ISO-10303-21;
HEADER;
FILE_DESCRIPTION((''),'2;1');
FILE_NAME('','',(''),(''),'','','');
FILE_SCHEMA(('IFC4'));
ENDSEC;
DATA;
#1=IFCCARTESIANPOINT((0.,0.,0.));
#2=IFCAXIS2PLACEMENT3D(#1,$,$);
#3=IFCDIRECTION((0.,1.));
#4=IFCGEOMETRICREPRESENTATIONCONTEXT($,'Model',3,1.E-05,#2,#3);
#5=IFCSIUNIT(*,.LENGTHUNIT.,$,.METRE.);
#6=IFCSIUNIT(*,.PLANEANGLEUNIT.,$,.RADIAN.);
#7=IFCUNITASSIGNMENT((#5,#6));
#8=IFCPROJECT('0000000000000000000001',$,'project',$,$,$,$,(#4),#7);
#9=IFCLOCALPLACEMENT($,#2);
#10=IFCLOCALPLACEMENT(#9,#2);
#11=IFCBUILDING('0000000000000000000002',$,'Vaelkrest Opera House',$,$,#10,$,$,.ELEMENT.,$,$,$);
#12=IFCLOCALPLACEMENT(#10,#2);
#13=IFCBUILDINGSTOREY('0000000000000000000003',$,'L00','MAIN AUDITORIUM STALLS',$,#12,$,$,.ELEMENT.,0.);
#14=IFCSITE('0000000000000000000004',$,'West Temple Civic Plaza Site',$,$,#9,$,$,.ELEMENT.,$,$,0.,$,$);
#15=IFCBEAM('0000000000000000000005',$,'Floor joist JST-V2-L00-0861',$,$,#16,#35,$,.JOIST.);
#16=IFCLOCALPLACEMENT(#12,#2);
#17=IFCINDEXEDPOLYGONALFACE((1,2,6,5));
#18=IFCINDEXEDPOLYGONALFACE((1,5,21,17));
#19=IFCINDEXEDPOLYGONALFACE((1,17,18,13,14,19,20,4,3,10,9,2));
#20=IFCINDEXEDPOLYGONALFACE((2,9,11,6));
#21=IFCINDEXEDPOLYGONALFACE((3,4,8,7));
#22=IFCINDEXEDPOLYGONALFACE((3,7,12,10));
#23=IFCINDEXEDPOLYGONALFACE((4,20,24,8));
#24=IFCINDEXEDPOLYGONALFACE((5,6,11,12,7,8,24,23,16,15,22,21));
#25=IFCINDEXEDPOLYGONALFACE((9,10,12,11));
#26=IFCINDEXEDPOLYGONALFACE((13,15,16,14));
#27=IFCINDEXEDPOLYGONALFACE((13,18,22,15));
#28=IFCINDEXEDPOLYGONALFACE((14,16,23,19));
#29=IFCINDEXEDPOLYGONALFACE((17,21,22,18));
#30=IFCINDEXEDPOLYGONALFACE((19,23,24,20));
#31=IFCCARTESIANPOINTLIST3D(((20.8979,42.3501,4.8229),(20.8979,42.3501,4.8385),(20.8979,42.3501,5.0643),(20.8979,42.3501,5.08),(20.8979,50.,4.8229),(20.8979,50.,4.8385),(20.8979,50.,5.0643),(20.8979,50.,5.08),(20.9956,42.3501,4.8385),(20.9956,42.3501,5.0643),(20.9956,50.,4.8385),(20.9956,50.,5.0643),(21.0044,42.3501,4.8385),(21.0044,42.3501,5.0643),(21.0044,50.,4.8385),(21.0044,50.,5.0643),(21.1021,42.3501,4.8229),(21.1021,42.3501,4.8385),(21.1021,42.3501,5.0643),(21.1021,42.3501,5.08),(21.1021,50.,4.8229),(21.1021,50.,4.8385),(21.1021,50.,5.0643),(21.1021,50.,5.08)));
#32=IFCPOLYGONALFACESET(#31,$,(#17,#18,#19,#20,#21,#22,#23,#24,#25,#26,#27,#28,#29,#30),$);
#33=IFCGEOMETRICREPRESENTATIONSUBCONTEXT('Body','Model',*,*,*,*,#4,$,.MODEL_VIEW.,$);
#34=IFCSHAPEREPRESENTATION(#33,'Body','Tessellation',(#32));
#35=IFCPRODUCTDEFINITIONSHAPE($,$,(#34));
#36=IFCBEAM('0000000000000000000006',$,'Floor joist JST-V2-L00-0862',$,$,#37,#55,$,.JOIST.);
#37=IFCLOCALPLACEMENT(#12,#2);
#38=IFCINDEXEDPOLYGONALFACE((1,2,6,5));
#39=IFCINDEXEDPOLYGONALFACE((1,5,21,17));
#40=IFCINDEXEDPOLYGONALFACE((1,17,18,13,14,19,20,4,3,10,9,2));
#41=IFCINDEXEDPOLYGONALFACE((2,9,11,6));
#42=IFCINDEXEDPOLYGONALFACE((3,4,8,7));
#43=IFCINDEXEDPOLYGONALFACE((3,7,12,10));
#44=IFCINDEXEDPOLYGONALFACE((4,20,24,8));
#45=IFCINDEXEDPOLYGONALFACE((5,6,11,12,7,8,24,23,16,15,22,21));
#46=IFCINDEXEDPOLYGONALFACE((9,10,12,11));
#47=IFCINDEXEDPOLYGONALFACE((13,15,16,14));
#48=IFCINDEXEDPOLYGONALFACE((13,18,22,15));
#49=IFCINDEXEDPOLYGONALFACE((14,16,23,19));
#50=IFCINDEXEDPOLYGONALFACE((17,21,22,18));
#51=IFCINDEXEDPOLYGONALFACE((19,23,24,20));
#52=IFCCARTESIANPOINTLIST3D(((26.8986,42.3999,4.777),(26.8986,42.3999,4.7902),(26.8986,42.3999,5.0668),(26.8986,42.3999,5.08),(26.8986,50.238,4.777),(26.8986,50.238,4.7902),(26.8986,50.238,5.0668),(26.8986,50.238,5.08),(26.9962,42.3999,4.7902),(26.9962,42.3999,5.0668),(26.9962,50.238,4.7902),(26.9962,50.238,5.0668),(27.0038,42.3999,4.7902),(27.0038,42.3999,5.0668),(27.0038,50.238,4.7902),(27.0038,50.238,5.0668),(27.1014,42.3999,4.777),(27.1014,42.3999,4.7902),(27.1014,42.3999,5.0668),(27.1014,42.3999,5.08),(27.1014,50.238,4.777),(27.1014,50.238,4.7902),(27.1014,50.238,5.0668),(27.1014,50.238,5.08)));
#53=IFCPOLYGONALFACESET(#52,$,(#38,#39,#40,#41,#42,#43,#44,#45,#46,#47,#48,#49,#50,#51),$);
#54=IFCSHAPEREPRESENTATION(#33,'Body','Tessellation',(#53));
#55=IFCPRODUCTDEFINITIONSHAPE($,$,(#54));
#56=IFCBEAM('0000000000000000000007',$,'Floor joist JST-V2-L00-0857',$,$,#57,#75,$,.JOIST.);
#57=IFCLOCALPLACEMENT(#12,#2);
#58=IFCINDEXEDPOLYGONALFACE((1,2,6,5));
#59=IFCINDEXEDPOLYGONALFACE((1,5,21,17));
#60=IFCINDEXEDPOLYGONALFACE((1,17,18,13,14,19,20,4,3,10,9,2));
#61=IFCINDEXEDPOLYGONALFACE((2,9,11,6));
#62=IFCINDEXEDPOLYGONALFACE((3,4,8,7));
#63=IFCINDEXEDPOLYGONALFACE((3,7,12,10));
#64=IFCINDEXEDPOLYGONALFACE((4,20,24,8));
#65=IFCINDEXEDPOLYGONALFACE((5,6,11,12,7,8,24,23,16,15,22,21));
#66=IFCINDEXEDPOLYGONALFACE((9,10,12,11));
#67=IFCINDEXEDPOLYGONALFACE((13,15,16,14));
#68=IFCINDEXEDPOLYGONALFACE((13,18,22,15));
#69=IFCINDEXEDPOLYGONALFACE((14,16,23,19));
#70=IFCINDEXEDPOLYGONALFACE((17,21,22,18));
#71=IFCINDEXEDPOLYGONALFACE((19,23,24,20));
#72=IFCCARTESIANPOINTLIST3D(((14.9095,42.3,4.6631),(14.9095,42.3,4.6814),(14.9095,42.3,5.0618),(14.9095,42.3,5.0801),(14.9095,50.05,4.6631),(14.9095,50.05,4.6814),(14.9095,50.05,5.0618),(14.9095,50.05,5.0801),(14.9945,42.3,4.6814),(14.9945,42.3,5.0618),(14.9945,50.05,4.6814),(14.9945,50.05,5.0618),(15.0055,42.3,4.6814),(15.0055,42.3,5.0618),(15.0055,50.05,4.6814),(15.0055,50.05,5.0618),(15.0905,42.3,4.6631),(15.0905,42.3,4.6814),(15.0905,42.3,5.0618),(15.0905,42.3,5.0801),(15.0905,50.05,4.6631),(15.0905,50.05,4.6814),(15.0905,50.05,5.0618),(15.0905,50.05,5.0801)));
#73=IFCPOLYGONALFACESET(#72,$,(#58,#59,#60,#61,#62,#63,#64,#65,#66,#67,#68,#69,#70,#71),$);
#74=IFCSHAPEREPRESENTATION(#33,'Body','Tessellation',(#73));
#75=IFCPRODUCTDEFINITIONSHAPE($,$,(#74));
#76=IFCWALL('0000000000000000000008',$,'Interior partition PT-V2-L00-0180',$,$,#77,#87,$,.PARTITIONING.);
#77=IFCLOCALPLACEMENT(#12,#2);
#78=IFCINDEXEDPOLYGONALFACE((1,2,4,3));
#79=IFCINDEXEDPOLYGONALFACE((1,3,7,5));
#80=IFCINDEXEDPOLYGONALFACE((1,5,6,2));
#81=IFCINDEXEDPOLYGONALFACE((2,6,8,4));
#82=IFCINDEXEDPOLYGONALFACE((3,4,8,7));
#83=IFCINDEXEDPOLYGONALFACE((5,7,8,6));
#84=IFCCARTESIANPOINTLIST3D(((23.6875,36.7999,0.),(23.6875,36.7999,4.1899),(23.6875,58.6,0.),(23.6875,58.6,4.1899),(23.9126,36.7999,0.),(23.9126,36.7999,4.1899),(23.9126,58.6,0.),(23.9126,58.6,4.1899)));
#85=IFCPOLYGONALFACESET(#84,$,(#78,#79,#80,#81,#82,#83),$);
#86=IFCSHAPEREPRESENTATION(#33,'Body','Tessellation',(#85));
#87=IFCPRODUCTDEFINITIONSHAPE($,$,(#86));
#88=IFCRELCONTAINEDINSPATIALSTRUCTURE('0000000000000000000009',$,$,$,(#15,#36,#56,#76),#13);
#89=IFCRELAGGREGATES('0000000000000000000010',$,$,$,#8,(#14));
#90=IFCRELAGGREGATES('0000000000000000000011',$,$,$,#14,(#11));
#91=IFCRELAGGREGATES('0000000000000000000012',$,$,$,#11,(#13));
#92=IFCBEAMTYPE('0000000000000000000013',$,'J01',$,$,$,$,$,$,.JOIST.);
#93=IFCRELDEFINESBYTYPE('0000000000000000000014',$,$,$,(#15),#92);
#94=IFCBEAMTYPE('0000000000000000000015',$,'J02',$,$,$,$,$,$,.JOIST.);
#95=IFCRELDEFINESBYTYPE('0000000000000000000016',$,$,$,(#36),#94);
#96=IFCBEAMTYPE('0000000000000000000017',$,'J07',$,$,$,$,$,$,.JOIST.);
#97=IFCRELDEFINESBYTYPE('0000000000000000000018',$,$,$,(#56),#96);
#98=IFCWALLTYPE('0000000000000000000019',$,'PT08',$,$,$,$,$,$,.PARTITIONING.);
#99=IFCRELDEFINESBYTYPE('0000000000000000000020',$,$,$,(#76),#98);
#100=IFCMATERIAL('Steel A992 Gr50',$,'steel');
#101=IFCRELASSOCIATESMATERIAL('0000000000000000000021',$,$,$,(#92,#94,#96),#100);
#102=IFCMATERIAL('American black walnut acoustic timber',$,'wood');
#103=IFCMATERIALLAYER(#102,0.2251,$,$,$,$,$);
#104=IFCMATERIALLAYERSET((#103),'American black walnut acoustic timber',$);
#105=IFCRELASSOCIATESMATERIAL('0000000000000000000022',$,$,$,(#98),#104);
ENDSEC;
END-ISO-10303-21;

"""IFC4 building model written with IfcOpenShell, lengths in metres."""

from ifc_helpers import new_model, si_unit, direction, frame, frame_2d, origin, origin_2d, place, context, subcontext, project, spatial, rectangle, i_section, extrude, material, layer, layer_set, material_profile, profile_set, type_object, element, save


model = new_model("IFC4")

# Units and contexts
model_context = context("Model", 3, precision=1e-05, world=origin(), true_north=direction((0.0, 1.0)))
body_context = subcontext(model_context, "Body", "Model", "MODEL_VIEW")
ifc_project = project(units=[si_unit("LENGTHUNIT", "METRE"), si_unit("PLANEANGLEUNIT", "RADIAN")], contexts=[model_context])

# Site, building, storey
site_placement = place(None, origin())
site = spatial("IfcSite", under=ifc_project, at=site_placement, Name="West Temple Civic Plaza Site", CompositionType="ELEMENT", RefElevation=0.0)
building_placement = place(site_placement, origin())
building = spatial("IfcBuilding", under=site, at=building_placement, Name="Vaelkrest Opera House", CompositionType="ELEMENT")
storey_placement = place(building_placement, origin())
storey = spatial("IfcBuildingStorey", under=building, at=storey_placement, Name="L00", Description="MAIN AUDITORIUM STALLS", CompositionType="ELEMENT", Elevation=0.0)

# Beams
ifc_material_1 = material(Name="Steel A992 Gr50", Category="steel")
ifc_material_profile_1 = material_profile(ifc_material_1, i_section(OverallWidth=0.2041, OverallDepth=0.2571, WebThickness=0.0088, FlangeThickness=0.0156, at=origin_2d()), Name="W10X45")
ifc_profile_set_1 = profile_set([ifc_material_profile_1], Name="Steel A992 Gr50")
beam_type_1 = type_object("IfcBeamType", Name="J01", PredefinedType="JOIST", material=ifc_profile_set_1)
beam_1_placement = place(storey_placement, frame((21.0, 42.3501, 4.9514), z_axis=(0.0, 1.0, 0.0), x_axis=(-1.0, 0.0, 0.0)))
element("IfcBeam", 1, at=beam_1_placement, inside=storey, type_object=beam_type_1, Name="Floor joist JST-V2-L00-0861", PredefinedType="JOIST", context=body_context, shape_type="SweptSolid", body=[
    extrude(i_section(OverallWidth=0.2041, OverallDepth=0.2571, WebThickness=0.0088, FlangeThickness=0.0156, at=origin_2d()), origin(), (0.0, 0.0, 1.0), 7.6499),
])
ifc_material_profile_2 = material_profile(ifc_material_1, i_section(OverallWidth=0.2029, OverallDepth=0.303, WebThickness=0.0076, FlangeThickness=0.0132, at=origin_2d()), Name="W12X40")
ifc_profile_set_2 = profile_set([ifc_material_profile_2], Name="Steel A992 Gr50")
beam_type_2 = type_object("IfcBeamType", Name="J02", PredefinedType="JOIST", material=ifc_profile_set_2)
beam_2_placement = place(storey_placement, frame((27.0, 42.3999, 4.9285), z_axis=(0.0, 1.0, 0.0), x_axis=(-1.0, 0.0, 0.0)))
element("IfcBeam", 2, at=beam_2_placement, inside=storey, type_object=beam_type_2, Name="Floor joist JST-V2-L00-0862", PredefinedType="JOIST", context=body_context, shape_type="SweptSolid", body=[
    extrude(i_section(OverallWidth=0.2029, OverallDepth=0.303, WebThickness=0.0076, FlangeThickness=0.0132, at=origin_2d()), origin(), (0.0, 0.0, 1.0), 7.8381),
])
ifc_material_profile_3 = material_profile(ifc_material_1, i_section(OverallWidth=0.1809, OverallDepth=0.417, WebThickness=0.011, FlangeThickness=0.0183, at=origin_2d()), Name="W16X57")
ifc_profile_set_3 = profile_set([ifc_material_profile_3], Name="Steel A992 Gr50")
beam_type_3 = type_object("IfcBeamType", Name="J07", PredefinedType="JOIST", material=ifc_profile_set_3)
beam_3_placement = place(storey_placement, frame((15.0, 42.3, 4.8716), z_axis=(0.0, 1.0, 0.0), x_axis=(-1.0, 0.0, 0.0)))
element("IfcBeam", 3, at=beam_3_placement, inside=storey, type_object=beam_type_3, Name="Floor joist JST-V2-L00-0857", PredefinedType="JOIST", context=body_context, shape_type="SweptSolid", body=[
    extrude(i_section(OverallWidth=0.1809, OverallDepth=0.417, WebThickness=0.011, FlangeThickness=0.0183, at=origin_2d()), origin(), (0.0, 0.0, 1.0), 7.75),
])

# Wall
ifc_material_2 = material(Name="American black walnut acoustic timber", Category="wood")
ifc_layer = layer(ifc_material_2, 0.2251)
ifc_layer_set = layer_set([ifc_layer], Name="American black walnut acoustic timber")
wall_type = type_object("IfcWallType", Name="PT08", PredefinedType="PARTITIONING", material=ifc_layer_set)
wall_placement = place(storey_placement, frame((23.8, 36.8, 0.0), z_axis=(0.0, 0.0, 1.0), x_axis=(0.0, 1.0, 0.0)))
element("IfcWall", 4, at=wall_placement, inside=storey, type_object=wall_type, Name="Interior partition PT-V2-L00-0180", PredefinedType="PARTITIONING", context=body_context, shape_type="SweptSolid", body=[
    extrude(rectangle(XDim=21.8, YDim=0.2251, at=frame_2d((10.8999, 0.0))), origin(), (0.0, 0.0, 1.0), 4.1899),
])

save(model, "model.ifc")
